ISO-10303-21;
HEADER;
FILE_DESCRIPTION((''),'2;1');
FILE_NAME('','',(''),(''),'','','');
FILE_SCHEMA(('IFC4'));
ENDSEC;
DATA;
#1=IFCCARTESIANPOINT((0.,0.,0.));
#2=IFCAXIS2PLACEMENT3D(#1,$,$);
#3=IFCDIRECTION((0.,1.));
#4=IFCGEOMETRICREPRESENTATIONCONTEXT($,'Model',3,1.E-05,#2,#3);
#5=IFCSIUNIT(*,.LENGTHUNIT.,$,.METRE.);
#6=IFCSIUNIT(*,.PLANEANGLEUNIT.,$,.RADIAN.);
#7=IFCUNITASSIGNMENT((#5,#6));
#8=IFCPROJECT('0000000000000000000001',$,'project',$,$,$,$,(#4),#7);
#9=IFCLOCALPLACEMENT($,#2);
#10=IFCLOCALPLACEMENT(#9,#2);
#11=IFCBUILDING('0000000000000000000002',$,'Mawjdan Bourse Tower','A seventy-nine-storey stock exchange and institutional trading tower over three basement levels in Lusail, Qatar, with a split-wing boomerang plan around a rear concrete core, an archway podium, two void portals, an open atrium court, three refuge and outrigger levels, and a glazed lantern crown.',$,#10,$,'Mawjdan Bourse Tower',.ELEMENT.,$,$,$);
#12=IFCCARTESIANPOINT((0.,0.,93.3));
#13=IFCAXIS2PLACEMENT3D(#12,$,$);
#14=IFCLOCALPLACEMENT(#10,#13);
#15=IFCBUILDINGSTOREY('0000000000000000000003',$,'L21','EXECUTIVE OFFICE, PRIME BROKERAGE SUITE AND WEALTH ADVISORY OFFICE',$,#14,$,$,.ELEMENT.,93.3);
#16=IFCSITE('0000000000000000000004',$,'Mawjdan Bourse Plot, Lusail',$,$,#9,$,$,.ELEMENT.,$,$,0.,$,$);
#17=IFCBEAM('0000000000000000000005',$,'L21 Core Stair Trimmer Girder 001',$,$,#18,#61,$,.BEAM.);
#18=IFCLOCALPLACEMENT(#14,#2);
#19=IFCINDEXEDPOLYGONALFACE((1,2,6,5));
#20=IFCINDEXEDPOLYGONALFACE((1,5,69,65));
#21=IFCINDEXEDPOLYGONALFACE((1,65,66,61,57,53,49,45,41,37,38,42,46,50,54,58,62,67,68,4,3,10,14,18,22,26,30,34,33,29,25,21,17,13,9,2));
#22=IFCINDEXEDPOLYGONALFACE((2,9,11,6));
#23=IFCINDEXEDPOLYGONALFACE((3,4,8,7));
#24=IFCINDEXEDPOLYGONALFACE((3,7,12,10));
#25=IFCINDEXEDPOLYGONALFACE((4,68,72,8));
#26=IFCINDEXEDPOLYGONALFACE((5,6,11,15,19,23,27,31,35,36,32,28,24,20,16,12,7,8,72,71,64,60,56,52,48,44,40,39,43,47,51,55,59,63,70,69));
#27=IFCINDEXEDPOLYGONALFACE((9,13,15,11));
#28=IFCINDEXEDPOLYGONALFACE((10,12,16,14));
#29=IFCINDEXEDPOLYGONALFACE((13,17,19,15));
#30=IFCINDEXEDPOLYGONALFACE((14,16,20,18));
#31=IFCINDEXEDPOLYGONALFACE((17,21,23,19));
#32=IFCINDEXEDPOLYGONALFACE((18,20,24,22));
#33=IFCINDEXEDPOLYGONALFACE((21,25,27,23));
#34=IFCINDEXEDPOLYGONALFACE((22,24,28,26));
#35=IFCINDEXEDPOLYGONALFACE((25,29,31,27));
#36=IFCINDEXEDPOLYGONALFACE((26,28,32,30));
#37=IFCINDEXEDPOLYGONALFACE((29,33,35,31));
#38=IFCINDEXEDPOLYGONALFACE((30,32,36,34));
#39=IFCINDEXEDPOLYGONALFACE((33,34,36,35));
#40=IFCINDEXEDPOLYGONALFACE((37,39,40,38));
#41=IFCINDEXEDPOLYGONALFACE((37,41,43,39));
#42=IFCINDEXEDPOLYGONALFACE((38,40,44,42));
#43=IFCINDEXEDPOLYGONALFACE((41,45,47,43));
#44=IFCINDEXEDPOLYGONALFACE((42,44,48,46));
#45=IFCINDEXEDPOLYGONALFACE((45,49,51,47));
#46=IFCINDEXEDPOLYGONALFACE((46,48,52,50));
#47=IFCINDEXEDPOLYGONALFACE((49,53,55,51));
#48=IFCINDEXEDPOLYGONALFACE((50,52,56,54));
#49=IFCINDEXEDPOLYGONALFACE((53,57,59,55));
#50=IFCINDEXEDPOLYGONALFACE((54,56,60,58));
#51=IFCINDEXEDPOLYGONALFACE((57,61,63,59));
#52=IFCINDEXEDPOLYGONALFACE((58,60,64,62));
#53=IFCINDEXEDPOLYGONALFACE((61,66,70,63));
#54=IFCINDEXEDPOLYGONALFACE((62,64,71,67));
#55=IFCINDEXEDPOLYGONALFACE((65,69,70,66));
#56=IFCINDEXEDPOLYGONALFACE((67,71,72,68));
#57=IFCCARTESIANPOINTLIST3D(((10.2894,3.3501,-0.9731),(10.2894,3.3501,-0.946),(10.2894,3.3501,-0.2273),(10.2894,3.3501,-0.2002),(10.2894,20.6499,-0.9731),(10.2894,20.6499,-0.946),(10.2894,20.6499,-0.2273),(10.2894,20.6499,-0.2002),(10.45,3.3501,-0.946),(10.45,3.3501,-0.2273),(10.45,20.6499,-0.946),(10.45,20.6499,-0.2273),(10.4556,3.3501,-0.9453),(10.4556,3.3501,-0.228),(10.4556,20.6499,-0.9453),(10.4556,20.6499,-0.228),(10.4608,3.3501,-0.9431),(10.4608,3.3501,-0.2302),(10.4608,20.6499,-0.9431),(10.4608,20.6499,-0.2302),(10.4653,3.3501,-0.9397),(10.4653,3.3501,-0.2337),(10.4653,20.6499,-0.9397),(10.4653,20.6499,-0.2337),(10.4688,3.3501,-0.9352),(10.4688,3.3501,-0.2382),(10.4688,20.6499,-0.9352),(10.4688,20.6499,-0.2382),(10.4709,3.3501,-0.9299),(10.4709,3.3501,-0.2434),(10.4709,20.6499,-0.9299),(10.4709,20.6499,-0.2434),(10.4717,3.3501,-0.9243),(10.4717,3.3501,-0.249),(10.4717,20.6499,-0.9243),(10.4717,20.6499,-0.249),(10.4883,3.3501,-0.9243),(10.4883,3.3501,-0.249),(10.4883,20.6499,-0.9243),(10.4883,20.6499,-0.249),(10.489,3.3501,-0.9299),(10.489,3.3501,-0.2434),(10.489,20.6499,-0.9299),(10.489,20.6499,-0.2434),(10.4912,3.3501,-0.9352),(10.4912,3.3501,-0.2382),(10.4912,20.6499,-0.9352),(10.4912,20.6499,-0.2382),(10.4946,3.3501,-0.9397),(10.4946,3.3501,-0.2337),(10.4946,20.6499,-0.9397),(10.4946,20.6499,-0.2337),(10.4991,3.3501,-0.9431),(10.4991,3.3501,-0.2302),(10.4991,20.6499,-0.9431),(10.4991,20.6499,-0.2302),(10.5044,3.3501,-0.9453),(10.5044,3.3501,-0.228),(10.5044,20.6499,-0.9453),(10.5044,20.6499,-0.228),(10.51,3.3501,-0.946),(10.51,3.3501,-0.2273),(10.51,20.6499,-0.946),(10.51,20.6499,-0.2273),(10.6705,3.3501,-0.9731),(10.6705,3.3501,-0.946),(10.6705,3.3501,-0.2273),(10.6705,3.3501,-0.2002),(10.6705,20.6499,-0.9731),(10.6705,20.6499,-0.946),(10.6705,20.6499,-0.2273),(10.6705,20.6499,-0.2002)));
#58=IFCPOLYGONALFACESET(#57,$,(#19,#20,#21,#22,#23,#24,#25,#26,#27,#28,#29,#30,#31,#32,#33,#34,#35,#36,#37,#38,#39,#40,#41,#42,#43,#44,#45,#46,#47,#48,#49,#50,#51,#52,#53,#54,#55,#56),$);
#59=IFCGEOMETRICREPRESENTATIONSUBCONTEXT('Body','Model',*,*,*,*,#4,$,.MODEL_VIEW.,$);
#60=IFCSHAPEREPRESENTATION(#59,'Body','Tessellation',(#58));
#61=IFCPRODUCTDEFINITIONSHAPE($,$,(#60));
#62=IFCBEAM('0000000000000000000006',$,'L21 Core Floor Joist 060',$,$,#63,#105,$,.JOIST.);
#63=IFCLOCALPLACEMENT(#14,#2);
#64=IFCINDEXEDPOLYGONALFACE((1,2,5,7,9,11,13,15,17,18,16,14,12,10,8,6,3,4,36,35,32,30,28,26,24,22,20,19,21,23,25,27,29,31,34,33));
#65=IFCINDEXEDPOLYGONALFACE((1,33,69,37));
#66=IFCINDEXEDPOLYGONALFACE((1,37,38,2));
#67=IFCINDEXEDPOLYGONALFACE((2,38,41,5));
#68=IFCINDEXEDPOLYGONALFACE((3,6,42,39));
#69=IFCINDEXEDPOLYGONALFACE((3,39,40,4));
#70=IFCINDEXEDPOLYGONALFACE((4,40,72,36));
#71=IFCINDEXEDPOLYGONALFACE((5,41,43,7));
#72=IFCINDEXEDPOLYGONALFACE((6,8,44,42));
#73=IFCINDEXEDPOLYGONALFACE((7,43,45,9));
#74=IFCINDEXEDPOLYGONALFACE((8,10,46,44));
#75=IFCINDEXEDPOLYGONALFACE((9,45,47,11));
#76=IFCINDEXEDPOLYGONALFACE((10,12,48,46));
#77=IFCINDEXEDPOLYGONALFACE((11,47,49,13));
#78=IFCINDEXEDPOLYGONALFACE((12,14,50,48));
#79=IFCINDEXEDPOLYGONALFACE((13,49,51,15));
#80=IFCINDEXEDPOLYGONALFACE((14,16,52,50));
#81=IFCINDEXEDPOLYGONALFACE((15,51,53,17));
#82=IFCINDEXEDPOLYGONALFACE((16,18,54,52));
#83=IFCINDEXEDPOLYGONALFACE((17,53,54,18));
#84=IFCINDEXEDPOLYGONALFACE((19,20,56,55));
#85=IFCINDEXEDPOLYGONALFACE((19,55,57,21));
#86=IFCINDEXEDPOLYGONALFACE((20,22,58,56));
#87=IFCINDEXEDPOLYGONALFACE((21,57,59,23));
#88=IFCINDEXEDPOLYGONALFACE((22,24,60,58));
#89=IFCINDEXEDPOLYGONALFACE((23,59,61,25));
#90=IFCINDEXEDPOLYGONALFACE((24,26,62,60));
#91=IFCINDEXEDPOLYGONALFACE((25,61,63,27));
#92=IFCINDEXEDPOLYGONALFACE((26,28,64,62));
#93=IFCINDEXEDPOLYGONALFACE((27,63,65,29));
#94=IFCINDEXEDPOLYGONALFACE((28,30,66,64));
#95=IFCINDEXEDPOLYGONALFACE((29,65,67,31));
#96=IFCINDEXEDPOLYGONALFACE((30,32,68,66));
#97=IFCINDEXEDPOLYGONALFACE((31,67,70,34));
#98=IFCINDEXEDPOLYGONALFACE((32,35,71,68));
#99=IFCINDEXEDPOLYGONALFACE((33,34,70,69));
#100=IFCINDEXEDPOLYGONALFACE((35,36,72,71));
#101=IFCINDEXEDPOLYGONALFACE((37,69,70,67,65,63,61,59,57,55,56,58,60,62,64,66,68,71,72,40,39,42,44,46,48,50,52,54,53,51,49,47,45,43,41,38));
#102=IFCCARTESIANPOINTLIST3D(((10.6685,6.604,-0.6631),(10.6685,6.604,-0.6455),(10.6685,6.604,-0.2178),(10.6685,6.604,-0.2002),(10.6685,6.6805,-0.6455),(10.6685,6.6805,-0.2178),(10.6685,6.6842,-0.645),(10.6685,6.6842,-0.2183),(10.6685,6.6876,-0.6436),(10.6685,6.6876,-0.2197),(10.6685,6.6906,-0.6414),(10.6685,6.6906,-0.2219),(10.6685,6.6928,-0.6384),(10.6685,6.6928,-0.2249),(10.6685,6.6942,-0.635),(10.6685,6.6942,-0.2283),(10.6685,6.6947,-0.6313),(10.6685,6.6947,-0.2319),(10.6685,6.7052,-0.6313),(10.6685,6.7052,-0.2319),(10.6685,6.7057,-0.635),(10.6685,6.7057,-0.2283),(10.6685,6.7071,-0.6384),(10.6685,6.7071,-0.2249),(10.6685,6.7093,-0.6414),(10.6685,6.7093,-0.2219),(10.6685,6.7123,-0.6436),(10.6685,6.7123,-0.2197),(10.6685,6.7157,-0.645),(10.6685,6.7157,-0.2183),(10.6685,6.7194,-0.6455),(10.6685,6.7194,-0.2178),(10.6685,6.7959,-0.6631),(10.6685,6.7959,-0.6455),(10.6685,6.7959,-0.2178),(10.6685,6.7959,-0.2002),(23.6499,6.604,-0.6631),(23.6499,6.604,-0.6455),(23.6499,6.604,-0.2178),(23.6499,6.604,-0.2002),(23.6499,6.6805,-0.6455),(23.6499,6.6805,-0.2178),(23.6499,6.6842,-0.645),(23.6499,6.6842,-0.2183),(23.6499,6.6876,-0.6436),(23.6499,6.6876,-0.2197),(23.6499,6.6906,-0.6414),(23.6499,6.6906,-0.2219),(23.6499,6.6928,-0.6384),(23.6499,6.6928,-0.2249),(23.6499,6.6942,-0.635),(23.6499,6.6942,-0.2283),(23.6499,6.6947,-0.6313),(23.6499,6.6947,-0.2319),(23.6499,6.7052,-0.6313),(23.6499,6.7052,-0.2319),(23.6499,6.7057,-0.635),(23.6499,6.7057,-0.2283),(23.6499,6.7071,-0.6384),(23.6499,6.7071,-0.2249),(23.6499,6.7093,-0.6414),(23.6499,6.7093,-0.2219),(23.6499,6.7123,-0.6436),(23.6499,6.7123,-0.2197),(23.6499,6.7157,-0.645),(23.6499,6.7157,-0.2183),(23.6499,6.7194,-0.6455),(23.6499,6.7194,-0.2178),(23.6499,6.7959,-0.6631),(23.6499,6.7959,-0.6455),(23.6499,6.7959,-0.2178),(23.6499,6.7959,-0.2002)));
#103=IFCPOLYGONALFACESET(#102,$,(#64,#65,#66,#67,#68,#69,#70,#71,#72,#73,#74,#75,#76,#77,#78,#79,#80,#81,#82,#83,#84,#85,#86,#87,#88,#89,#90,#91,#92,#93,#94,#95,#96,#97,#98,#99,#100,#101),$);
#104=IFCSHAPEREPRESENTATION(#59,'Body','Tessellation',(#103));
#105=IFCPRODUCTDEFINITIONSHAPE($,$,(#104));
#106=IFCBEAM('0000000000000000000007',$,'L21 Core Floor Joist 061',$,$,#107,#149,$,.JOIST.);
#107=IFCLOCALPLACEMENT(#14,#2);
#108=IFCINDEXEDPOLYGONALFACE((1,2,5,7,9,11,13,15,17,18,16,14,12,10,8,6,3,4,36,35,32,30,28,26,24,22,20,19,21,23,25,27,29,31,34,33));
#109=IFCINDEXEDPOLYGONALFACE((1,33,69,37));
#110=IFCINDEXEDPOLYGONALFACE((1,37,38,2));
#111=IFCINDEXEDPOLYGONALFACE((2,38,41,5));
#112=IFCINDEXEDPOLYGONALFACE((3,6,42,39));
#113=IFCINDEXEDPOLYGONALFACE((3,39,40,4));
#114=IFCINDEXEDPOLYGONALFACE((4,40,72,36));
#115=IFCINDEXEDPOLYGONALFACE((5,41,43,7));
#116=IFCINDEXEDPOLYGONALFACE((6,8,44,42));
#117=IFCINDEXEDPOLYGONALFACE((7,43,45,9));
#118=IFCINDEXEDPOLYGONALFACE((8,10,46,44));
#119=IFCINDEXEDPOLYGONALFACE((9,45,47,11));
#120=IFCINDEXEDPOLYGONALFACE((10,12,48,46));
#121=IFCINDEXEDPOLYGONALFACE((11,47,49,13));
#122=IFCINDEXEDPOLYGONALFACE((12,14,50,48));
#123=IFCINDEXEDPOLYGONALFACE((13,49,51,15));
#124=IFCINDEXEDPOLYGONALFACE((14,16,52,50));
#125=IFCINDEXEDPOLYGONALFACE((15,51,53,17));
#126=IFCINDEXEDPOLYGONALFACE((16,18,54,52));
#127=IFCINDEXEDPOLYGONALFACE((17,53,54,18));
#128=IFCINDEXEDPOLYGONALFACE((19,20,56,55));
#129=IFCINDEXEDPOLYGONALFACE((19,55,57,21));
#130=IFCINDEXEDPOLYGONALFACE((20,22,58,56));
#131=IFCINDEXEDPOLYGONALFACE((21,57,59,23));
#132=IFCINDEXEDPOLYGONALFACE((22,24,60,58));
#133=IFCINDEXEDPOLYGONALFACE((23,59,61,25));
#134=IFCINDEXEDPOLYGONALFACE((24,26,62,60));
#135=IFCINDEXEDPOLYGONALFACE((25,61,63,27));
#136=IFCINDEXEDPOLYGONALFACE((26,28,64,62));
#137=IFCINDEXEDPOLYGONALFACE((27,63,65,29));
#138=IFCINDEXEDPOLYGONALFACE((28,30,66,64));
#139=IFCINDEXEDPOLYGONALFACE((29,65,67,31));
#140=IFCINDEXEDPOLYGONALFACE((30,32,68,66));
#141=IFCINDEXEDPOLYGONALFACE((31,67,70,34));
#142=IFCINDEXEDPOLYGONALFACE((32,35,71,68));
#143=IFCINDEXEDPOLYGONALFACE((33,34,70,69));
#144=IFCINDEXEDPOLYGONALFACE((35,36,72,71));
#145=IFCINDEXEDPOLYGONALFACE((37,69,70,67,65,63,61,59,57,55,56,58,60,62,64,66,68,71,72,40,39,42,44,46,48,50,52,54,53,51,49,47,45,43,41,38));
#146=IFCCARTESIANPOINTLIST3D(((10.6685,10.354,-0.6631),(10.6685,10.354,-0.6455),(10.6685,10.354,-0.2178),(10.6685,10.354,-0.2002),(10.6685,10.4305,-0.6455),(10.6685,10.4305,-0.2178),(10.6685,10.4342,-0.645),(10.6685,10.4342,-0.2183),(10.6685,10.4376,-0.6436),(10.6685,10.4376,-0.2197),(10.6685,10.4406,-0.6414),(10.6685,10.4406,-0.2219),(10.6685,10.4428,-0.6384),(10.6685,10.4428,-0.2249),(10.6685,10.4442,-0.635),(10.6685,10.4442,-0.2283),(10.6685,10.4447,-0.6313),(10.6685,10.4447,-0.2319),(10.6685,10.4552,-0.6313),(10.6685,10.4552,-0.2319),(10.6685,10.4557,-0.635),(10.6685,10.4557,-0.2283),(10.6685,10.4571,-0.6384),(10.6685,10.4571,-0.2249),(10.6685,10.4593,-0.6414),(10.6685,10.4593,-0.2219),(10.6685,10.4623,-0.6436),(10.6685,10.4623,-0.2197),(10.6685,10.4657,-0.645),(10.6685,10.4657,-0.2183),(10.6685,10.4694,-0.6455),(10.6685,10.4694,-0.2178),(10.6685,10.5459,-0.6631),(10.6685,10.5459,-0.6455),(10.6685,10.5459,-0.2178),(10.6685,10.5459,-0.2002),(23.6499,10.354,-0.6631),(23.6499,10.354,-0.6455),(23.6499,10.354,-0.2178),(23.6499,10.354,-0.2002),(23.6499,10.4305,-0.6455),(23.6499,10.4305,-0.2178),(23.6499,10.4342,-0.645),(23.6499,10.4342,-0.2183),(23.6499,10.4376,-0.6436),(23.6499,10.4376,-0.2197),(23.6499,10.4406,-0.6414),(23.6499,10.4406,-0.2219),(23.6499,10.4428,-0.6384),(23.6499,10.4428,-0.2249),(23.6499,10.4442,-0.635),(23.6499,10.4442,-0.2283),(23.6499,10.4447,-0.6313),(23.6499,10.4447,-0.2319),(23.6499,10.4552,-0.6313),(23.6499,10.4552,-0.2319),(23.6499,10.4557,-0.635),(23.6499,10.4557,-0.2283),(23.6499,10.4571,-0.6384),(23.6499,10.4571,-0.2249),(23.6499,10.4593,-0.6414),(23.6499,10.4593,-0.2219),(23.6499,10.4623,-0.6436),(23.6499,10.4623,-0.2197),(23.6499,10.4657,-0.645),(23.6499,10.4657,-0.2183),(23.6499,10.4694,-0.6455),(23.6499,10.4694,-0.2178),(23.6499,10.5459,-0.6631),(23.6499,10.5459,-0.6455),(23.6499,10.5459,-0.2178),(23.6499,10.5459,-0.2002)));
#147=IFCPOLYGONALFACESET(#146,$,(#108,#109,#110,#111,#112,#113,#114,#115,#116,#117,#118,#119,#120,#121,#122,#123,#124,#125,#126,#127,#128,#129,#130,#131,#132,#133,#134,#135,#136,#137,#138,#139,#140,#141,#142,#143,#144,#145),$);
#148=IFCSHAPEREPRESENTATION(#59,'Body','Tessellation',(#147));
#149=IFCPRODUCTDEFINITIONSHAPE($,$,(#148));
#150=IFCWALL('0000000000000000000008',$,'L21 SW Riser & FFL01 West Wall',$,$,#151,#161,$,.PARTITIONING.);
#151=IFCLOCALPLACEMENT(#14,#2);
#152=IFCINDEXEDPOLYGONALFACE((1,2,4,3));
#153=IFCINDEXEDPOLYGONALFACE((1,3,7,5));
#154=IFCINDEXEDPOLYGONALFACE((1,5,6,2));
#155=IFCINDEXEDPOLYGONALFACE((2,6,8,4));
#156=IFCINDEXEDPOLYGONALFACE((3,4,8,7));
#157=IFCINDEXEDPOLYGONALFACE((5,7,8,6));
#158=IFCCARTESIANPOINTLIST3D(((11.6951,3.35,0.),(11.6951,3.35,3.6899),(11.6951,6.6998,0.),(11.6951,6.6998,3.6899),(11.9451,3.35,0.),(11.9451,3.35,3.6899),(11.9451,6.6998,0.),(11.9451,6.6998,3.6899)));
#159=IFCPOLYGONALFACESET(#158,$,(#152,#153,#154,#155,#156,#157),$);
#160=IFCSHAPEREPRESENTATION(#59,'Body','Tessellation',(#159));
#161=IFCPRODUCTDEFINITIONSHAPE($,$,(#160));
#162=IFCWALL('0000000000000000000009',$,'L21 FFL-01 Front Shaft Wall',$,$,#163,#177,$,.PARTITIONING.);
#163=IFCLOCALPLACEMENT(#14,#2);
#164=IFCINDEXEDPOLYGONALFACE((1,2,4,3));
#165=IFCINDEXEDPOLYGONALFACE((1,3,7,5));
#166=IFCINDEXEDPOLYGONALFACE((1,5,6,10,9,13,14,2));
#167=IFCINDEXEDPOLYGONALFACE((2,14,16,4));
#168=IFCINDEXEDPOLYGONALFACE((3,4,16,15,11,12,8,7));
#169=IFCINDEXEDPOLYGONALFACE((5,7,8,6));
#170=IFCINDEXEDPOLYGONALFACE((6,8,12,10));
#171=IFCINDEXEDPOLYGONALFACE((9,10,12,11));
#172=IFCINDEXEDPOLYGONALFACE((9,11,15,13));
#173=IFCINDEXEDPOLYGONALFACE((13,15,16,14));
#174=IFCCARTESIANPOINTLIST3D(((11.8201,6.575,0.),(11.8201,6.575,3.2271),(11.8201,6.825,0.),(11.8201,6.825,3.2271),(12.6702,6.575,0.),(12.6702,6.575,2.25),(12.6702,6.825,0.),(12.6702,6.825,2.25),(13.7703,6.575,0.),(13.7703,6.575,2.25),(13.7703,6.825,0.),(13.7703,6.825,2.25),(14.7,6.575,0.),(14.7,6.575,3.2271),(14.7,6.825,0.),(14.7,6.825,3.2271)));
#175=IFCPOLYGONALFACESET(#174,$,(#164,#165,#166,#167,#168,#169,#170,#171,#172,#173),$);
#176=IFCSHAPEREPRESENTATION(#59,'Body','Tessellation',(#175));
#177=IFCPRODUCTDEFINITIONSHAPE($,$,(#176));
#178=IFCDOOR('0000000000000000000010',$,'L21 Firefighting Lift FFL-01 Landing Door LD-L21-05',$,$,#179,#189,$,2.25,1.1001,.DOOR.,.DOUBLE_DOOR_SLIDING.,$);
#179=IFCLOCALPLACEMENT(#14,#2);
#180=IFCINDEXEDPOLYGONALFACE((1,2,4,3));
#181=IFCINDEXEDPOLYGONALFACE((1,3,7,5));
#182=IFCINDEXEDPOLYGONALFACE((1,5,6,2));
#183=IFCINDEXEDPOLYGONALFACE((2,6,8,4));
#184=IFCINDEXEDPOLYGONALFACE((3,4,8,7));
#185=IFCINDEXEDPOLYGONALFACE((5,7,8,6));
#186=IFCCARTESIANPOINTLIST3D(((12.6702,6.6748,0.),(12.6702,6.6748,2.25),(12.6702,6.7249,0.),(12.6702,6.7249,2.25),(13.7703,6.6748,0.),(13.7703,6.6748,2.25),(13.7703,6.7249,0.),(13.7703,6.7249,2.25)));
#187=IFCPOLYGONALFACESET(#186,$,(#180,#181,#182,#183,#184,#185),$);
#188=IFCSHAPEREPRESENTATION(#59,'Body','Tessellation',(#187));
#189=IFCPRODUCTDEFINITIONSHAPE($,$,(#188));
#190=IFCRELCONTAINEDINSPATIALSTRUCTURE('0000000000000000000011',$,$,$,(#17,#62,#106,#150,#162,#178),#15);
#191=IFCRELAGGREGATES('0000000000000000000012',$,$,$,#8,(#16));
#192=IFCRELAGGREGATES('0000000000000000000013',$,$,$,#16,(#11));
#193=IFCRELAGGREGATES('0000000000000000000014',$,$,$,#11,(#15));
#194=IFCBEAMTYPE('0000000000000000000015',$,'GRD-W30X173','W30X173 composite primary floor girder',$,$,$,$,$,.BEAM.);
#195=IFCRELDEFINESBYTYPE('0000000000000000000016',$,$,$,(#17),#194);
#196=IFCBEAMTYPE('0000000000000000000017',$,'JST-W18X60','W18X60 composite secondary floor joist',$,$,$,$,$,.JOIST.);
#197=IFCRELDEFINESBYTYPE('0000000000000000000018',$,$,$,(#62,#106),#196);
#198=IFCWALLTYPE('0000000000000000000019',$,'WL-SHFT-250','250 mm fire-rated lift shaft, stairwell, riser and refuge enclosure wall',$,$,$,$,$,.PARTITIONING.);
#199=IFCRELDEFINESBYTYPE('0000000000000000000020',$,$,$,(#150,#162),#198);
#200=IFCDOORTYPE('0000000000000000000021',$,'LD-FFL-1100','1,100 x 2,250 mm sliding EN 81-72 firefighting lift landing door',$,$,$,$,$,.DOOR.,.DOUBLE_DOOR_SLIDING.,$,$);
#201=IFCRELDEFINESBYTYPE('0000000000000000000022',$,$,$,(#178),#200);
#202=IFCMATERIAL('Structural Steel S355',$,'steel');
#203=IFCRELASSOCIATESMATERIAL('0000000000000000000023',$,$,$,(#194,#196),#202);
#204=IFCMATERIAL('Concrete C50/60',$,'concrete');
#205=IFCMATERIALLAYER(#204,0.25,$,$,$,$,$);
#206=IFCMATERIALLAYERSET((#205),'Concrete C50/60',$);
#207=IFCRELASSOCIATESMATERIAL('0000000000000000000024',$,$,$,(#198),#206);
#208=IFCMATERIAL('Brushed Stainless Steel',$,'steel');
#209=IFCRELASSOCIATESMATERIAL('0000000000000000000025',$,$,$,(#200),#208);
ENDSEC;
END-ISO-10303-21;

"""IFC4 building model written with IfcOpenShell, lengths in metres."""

from ifc_helpers import new_model, si_unit, direction, frame, frame_2d, origin, origin_2d, place, context, subcontext, project, spatial, rectangle, i_section, extrude, material, layer, layer_set, material_profile, profile_set, type_object, element, fill, save


model = new_model("IFC4")

# Units and contexts
model_context = context("Model", 3, precision=1e-05, world=origin(), true_north=direction((0.0, 1.0)))
body_context = subcontext(model_context, "Body", "Model", "MODEL_VIEW")
ifc_project = project(units=[si_unit("LENGTHUNIT", "METRE"), si_unit("PLANEANGLEUNIT", "RADIAN")], contexts=[model_context])

# Site, building, storey
site_placement = place(None, origin())
site = spatial("IfcSite", under=ifc_project, at=site_placement, Name="Mawjdan Bourse Plot, Lusail", CompositionType="ELEMENT", RefElevation=0.0)
building_placement = place(site_placement, origin())
building = spatial("IfcBuilding", under=site, at=building_placement, Name="Mawjdan Bourse Tower", Description="A seventy-nine-storey stock exchange and institutional trading tower over three basement levels in Lusail, Qatar, with a split-wing boomerang plan around a rear concrete core, an archway podium, two void portals, an open atrium court, three refuge and outrigger levels, and a glazed lantern crown.", LongName="Mawjdan Bourse Tower", CompositionType="ELEMENT")
storey_placement = place(building_placement, frame((0.0, 0.0, 93.3)))
storey = spatial("IfcBuildingStorey", under=building, at=storey_placement, Name="L21", Description="EXECUTIVE OFFICE, PRIME BROKERAGE SUITE AND WEALTH ADVISORY OFFICE", CompositionType="ELEMENT", Elevation=93.3)

# Beams
ifc_material_1 = material(Name="Structural Steel S355", Category="steel")
ifc_material_profile_1 = material_profile(ifc_material_1, i_section(OverallWidth=0.3811, OverallDepth=0.7729, WebThickness=0.0166, FlangeThickness=0.0271, FilletRadius=0.0217, at=origin_2d()), Name="W30X173")
ifc_profile_set_1 = profile_set([ifc_material_profile_1], Name="Structural Steel S355")
beam_type_1 = type_object("IfcBeamType", Name="GRD-W30X173", Description="W30X173 composite primary floor girder", PredefinedType="BEAM", material=ifc_profile_set_1)
beam_placement = place(storey_placement, frame((10.48, 3.3501, -0.5867), z_axis=(0.0, 1.0, 0.0), x_axis=(-1.0, 0.0, 0.0)))
element("IfcBeam", 1, at=beam_placement, inside=storey, type_object=beam_type_1, Name="L21 Core Stair Trimmer Girder 001", PredefinedType="BEAM", context=body_context, shape_type="SweptSolid", body=[
    extrude(i_section(OverallWidth=0.3811, OverallDepth=0.7729, WebThickness=0.0166, FlangeThickness=0.0271, FilletRadius=0.0217, at=origin_2d()), origin(), (0.0, 0.0, 1.0), 17.2998),
])
ifc_material_profile_2 = material_profile(ifc_material_1, i_section(OverallWidth=0.1919, OverallDepth=0.4629, WebThickness=0.0105, FlangeThickness=0.0176, FilletRadius=0.0142, at=origin_2d()), Name="W18X60")
ifc_profile_set_2 = profile_set([ifc_material_profile_2], Name="Structural Steel S355")
beam_type_2 = type_object("IfcBeamType", Name="JST-W18X60", Description="W18X60 composite secondary floor joist", PredefinedType="JOIST", material=ifc_profile_set_2)
for number, where, z_axis, x_axis, name in (
    (2, (10.6685, 6.7, -0.4316), (1.0, 0.0, 0.0), (0.0, 1.0, 0.0), "L21 Core Floor Joist 060"),
    (3, (10.6685, 10.45, -0.4316), (1.0, 0.0, 0.0), (0.0, 1.0, 0.0), "L21 Core Floor Joist 061"),
):
    element("IfcBeam", number, at=place(storey_placement, frame(where, z_axis=z_axis, x_axis=x_axis)), inside=storey, type_object=beam_type_2, Name=name, PredefinedType="JOIST", context=body_context, shape_type="SweptSolid", body=[
        extrude(i_section(OverallWidth=0.1919, OverallDepth=0.4629, WebThickness=0.0105, FlangeThickness=0.0176, FilletRadius=0.0142, at=origin_2d()), origin(), (0.0, 0.0, 1.0), 12.9814),
    ])

# Wall
ifc_material_2 = material(Name="Concrete C50/60", Category="concrete")
ifc_layer = layer(ifc_material_2, 0.25)
ifc_layer_set = layer_set([ifc_layer], Name="Concrete C50/60")
wall_type = type_object("IfcWallType", Name="WL-SHFT-250", Description="250 mm fire-rated lift shaft, stairwell, riser and refuge enclosure wall", PredefinedType="PARTITIONING", material=ifc_layer_set)
wall_1_placement = place(storey_placement, frame((11.8201, 3.3501, 0.0), z_axis=(0.0, 0.0, 1.0), x_axis=(0.0, 1.0, 0.0)))
element("IfcWall", 4, at=wall_1_placement, inside=storey, type_object=wall_type, Name="L21 SW Riser & FFL01 West Wall", PredefinedType="PARTITIONING", context=body_context, shape_type="SweptSolid", body=[
    extrude(rectangle(XDim=3.3499, YDim=0.25, at=frame_2d((1.6748, 0.0))), origin(), (0.0, 0.0, 1.0), 3.6899),
])

# Wall, opening, door
wall_2_placement = place(storey_placement, frame((11.8201, 6.7, 0.0), z_axis=(0.0, 0.0, 1.0), x_axis=(1.0, 0.0, 0.0)))
wall_2 = element("IfcWall", 5, at=wall_2_placement, inside=storey, type_object=wall_type, Name="L21 FFL-01 Front Shaft Wall", PredefinedType="PARTITIONING", context=body_context, shape_type="SweptSolid", body=[
    extrude(rectangle(XDim=2.8799, YDim=0.25, at=frame_2d((1.4399, 0.0))), origin(), (0.0, 0.0, 1.0), 3.2271),
])
opening_1_placement = place(wall_2_placement, frame((0.8501, 0.0, 0.0)))
opening_1 = element("IfcOpeningElement", 6, at=opening_1_placement, cuts=wall_2, PredefinedType="OPENING", context=body_context, shape_type="SweptSolid", body=[
    extrude(rectangle(XDim=1.1001, YDim=2.25, at=frame_2d((0.55, 1.125))), frame((0.0, 0.135, 0.0), z_axis=(0.0, -1.0, 0.0), x_axis=(1.0, 0.0, 0.0)), (0.0, 0.0, 1.0), 0.27),
])
ifc_material_3 = material(Name="Brushed Stainless Steel", Category="steel")
door_type_1 = type_object("IfcDoorType", Name="LD-FFL-1100", Description="1,100 x 2,250 mm sliding EN 81-72 firefighting lift landing door", OperationType="DOUBLE_DOOR_SLIDING", PredefinedType="DOOR", material=ifc_material_3)
door_1_placement = place(opening_1_placement, origin())
door_1 = element("IfcDoor", 7, at=door_1_placement, inside=storey, type_object=door_type_1, Name="L21 Firefighting Lift FFL-01 Landing Door LD-L21-05", OperationType="DOUBLE_DOOR_SLIDING", OverallHeight=2.25, OverallWidth=1.1001, PredefinedType="DOOR", context=body_context, shape_type="SweptSolid", body=[
    extrude(rectangle(XDim=1.1001, YDim=2.25, at=frame_2d((0.55, 1.125))), frame((0.0, 0.0249, 0.0), z_axis=(0.0, -1.0, 0.0), x_axis=(1.0, 0.0, 0.0)), (0.0, 0.0, 1.0), 0.05),
])
fill(opening_1, door_1)

save(model, "model.ifc")
